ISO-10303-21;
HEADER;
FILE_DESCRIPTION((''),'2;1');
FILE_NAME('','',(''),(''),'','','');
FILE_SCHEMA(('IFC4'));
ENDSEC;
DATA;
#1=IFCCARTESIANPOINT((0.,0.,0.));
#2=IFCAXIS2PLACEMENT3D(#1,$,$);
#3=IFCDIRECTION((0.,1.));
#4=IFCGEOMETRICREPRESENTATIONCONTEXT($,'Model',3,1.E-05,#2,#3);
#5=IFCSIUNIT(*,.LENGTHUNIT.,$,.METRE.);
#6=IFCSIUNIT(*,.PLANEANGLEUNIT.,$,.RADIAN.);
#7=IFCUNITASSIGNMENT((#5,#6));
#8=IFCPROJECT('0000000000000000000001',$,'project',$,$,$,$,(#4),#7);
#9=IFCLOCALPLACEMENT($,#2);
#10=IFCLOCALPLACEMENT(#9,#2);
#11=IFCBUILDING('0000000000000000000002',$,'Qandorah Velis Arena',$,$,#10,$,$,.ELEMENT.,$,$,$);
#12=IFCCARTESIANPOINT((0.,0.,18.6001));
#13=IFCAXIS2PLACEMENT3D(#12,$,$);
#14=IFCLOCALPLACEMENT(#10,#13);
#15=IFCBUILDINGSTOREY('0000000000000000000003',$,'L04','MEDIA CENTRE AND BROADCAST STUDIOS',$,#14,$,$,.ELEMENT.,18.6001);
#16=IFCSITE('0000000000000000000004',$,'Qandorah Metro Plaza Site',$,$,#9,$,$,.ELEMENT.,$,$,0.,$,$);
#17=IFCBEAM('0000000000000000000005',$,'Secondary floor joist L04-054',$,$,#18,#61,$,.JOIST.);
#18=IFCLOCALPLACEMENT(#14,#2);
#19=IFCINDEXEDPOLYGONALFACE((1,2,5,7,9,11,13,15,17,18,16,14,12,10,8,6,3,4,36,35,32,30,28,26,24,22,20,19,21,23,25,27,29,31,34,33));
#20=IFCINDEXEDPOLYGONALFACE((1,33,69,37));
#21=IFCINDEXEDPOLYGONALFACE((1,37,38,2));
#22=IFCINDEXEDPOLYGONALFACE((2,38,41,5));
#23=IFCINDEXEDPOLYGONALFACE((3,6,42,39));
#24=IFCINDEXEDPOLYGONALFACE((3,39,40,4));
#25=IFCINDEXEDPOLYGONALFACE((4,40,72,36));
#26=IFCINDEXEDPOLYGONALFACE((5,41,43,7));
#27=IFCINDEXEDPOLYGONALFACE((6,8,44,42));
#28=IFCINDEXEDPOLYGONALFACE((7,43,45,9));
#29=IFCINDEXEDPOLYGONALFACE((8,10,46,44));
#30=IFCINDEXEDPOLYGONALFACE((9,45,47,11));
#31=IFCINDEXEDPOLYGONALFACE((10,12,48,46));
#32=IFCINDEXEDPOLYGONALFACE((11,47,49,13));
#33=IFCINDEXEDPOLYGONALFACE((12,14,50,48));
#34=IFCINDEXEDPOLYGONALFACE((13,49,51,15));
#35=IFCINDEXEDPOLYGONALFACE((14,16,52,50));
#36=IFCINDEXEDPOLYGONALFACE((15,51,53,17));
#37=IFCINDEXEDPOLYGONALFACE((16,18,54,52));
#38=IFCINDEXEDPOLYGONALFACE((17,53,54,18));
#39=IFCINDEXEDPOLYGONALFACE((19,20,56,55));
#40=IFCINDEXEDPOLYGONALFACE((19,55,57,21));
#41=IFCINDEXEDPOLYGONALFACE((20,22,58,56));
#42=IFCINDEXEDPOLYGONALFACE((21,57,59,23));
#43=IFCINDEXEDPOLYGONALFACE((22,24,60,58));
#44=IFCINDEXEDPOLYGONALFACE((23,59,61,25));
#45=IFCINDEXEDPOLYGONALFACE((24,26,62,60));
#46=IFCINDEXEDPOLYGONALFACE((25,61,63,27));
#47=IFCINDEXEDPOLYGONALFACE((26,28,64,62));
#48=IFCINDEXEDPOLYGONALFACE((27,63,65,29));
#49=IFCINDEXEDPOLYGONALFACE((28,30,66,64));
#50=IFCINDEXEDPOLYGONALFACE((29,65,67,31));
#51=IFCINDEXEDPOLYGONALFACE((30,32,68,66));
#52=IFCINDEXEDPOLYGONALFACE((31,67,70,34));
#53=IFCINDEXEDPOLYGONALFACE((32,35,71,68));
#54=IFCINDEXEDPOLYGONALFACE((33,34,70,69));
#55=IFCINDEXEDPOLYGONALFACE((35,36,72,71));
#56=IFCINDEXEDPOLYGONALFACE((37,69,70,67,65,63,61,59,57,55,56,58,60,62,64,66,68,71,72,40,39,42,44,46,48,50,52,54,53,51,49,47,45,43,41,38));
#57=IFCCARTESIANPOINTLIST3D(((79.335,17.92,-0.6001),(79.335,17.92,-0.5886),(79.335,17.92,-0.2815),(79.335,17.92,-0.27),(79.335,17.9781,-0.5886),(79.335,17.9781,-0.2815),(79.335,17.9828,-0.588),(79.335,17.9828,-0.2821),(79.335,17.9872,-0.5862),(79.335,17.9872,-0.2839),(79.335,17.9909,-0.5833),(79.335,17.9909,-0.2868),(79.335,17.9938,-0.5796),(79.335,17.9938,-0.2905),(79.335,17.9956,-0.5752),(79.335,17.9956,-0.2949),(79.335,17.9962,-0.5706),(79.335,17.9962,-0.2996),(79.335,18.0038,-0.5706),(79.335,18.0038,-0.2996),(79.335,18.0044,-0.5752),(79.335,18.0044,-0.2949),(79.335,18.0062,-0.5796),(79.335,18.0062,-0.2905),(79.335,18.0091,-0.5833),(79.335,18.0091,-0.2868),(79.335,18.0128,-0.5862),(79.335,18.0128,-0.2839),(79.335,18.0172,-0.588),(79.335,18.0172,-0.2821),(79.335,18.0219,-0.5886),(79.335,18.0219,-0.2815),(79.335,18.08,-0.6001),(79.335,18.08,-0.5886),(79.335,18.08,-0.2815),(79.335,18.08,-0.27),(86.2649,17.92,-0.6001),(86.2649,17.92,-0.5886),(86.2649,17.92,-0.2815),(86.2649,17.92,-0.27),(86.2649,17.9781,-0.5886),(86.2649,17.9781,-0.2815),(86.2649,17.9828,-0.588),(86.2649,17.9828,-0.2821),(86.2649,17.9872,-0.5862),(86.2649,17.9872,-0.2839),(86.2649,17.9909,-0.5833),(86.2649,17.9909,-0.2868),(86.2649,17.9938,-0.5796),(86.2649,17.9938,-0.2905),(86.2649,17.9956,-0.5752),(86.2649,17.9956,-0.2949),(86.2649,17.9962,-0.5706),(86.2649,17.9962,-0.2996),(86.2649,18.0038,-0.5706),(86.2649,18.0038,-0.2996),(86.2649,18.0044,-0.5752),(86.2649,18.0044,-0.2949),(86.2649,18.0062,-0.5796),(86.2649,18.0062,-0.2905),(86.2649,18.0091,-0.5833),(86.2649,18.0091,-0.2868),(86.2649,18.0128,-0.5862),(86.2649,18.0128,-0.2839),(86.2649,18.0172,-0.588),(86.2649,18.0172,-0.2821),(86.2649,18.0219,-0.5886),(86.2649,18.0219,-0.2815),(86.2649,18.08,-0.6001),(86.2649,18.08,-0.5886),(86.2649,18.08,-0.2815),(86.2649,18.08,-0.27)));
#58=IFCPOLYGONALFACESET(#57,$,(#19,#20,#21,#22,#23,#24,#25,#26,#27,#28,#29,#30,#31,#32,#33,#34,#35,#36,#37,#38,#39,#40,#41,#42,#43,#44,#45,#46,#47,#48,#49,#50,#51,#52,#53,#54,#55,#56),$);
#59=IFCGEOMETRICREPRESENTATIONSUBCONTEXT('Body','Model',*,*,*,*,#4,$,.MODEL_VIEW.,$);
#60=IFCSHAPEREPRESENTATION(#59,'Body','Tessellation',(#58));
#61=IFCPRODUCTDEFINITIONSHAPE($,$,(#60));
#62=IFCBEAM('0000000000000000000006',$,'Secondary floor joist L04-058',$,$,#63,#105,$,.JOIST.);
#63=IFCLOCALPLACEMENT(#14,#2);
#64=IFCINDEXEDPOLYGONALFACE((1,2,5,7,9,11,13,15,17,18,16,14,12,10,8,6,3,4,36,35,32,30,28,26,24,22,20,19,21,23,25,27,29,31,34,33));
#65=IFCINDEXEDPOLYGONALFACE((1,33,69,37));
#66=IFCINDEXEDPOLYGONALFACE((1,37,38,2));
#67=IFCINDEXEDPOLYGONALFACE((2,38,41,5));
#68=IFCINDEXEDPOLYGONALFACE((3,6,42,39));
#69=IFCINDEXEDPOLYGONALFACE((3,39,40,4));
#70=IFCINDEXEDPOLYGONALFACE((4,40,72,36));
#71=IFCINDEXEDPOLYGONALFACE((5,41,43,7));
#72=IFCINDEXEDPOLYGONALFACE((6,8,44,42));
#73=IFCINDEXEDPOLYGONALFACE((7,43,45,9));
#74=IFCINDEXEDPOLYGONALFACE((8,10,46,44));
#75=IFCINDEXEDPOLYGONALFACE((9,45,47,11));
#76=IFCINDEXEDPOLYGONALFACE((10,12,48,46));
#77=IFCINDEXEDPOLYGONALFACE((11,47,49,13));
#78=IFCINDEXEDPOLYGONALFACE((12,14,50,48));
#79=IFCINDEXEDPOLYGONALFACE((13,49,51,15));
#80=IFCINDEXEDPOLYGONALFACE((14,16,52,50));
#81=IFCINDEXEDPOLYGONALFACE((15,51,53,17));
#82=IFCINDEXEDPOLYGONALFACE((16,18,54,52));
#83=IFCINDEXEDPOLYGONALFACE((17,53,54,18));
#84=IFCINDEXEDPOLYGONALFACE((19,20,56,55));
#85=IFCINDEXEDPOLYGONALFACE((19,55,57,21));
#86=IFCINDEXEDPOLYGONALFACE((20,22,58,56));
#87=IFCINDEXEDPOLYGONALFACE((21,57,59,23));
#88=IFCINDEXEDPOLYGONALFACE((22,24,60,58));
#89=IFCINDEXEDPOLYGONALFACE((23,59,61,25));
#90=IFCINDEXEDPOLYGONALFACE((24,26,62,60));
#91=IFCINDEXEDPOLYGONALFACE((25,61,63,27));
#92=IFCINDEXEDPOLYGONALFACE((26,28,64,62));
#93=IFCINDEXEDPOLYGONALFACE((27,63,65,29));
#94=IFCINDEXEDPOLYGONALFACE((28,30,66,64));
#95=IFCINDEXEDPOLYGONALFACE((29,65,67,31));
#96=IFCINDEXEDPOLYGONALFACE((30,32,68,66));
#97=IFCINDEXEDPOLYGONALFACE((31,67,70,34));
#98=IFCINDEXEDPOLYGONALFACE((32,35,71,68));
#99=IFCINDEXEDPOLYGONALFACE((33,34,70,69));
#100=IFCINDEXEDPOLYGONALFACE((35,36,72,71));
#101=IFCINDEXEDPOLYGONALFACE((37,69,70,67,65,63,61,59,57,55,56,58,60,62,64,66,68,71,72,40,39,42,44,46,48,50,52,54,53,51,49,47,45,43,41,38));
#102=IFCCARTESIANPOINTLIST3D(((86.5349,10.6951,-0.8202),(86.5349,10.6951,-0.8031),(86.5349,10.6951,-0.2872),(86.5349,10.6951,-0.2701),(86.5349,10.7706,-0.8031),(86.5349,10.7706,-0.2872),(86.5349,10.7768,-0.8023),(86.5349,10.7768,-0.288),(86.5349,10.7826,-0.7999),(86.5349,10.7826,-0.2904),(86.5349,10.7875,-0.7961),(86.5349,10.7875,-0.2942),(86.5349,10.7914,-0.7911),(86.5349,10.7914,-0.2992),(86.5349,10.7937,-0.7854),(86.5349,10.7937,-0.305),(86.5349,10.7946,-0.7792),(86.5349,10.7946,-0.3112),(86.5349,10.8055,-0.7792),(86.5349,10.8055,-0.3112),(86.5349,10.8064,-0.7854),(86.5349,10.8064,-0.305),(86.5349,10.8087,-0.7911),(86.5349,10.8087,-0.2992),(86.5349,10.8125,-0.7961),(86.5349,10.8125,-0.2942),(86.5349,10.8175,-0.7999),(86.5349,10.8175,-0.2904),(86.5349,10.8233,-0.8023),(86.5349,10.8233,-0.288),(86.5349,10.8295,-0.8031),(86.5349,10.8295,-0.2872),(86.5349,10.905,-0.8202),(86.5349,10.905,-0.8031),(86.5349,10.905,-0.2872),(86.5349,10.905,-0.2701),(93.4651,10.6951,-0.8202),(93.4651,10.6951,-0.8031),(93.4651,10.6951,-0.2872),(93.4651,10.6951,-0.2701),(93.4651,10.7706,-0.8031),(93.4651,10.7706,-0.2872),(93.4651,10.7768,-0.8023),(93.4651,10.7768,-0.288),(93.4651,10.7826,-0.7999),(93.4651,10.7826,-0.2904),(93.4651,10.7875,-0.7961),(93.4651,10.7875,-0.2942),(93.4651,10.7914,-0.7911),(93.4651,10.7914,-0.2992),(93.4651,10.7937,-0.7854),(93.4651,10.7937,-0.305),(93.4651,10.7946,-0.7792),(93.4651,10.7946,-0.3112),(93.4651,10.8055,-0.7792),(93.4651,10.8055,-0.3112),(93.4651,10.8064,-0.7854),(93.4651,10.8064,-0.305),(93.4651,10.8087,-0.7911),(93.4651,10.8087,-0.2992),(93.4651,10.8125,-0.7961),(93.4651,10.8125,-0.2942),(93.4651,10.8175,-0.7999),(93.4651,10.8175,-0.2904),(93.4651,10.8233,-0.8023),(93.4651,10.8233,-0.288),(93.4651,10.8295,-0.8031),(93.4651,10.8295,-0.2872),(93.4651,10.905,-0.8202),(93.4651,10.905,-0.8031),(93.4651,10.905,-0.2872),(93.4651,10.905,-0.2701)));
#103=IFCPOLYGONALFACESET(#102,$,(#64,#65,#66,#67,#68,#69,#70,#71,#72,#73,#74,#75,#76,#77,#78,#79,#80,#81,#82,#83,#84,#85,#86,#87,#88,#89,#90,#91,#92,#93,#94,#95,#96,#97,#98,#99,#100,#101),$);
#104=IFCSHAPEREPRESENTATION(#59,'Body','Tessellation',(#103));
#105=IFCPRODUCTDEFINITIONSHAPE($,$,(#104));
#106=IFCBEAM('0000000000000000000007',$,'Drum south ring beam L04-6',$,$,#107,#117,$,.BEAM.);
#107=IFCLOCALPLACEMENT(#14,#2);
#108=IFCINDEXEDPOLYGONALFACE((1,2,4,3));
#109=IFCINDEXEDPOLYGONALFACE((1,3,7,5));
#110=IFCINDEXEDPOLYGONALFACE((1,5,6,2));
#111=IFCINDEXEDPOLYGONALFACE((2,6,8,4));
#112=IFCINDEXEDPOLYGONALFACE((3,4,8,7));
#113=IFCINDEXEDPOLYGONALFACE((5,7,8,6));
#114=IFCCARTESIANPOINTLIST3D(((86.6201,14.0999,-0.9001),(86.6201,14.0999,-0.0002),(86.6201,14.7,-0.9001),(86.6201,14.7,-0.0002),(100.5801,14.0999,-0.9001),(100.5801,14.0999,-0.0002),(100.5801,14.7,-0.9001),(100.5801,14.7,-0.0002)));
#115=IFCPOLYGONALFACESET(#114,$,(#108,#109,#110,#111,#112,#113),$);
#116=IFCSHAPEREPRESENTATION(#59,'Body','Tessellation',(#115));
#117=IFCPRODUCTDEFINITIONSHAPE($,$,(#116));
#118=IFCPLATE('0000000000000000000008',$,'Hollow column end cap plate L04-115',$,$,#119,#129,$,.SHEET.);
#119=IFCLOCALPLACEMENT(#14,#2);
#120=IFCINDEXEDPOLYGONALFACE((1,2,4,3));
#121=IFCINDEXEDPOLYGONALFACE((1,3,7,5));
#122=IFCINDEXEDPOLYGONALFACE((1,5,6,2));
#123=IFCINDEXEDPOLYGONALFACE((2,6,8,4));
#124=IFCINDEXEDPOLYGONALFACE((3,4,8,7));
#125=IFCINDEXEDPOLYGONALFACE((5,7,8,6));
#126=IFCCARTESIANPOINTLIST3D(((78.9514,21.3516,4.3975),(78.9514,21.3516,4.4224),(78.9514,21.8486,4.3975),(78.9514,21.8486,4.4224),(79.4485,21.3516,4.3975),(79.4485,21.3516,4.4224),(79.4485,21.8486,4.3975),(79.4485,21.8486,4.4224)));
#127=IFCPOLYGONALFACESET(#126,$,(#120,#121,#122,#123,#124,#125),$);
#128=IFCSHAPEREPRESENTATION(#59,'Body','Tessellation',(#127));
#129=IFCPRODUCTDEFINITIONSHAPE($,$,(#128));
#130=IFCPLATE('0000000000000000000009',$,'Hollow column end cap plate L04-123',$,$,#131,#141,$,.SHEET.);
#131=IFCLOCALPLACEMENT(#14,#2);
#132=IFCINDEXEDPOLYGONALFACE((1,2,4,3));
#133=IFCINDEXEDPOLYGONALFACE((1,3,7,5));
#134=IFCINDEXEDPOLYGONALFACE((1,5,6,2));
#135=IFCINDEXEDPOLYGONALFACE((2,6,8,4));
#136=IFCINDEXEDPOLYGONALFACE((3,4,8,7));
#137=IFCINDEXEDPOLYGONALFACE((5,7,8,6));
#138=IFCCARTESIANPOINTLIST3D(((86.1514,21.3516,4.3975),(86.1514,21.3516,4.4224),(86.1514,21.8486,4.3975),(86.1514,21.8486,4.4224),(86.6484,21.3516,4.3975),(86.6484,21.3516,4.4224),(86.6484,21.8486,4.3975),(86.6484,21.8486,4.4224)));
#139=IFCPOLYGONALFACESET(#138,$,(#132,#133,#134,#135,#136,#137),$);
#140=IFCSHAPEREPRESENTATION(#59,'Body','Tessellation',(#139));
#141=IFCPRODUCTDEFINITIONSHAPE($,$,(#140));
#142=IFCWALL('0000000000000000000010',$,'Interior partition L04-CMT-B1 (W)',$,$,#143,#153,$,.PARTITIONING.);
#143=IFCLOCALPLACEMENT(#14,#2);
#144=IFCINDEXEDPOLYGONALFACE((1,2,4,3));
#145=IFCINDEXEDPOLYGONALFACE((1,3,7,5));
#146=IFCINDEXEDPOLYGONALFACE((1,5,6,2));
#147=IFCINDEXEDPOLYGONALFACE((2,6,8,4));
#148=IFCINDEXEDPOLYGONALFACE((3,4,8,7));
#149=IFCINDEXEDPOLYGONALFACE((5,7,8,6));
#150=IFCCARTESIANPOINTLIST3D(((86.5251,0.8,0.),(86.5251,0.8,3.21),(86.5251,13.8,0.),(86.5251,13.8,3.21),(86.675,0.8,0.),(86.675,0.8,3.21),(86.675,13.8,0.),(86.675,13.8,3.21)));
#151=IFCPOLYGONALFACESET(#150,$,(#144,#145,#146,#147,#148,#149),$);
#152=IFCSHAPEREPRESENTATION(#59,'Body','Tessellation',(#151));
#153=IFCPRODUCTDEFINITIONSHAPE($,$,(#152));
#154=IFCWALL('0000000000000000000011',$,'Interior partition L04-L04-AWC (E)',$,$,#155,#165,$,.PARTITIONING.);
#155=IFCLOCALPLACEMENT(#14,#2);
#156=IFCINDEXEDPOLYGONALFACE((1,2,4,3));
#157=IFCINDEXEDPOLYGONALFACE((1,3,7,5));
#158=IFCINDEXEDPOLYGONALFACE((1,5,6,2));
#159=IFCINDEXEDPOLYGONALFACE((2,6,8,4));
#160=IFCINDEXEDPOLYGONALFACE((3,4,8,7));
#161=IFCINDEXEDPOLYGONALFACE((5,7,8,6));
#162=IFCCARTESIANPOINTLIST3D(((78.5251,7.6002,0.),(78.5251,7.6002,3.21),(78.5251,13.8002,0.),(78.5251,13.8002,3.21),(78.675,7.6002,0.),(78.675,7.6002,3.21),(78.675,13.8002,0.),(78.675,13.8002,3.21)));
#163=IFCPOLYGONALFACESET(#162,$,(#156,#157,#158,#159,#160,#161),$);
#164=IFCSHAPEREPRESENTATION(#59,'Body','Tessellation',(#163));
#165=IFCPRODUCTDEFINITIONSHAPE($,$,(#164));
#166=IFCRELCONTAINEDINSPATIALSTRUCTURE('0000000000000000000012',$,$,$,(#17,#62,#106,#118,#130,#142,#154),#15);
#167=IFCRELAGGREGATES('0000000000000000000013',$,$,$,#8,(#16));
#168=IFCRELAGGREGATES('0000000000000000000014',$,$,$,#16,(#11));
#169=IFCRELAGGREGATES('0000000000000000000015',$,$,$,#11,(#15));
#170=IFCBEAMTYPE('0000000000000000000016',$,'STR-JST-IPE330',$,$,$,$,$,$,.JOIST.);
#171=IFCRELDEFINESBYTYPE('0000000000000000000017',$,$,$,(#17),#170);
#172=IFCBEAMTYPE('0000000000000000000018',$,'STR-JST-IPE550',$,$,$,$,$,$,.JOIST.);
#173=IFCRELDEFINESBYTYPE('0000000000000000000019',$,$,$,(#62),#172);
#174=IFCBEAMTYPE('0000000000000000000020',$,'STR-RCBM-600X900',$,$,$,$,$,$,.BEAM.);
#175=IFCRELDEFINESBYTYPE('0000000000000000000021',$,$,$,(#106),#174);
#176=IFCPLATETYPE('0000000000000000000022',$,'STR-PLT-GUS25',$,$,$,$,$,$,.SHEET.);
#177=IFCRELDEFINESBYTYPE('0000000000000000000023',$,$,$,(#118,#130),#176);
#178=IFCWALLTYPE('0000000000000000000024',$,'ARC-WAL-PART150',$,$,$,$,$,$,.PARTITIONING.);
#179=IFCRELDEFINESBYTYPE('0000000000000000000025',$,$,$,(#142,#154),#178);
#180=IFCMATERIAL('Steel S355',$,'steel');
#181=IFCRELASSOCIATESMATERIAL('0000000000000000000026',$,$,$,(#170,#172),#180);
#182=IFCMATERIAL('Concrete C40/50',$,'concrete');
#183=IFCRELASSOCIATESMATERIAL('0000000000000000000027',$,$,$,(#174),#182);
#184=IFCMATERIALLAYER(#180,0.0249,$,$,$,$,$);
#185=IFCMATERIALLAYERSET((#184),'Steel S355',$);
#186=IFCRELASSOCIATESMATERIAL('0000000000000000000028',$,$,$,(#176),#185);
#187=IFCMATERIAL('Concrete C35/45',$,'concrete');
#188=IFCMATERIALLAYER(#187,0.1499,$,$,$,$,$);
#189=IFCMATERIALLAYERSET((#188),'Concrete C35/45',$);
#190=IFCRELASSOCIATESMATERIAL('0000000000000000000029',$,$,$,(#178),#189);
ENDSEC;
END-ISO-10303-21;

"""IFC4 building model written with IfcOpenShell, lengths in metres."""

from ifc_helpers import new_model, si_unit, direction, frame, frame_2d, origin, origin_2d, place, context, subcontext, project, spatial, rectangle, i_section, extrude, material, layer, layer_set, material_profile, profile_set, type_object, element, save


model = new_model("IFC4")

# Units and contexts
model_context = context("Model", 3, precision=1e-05, world=origin(), true_north=direction((0.0, 1.0)))
body_context = subcontext(model_context, "Body", "Model", "MODEL_VIEW")
ifc_project = project(units=[si_unit("LENGTHUNIT", "METRE"), si_unit("PLANEANGLEUNIT", "RADIAN")], contexts=[model_context])

# Site, building, storey
site_placement = place(None, origin())
site = spatial("IfcSite", under=ifc_project, at=site_placement, Name="Qandorah Metro Plaza Site", CompositionType="ELEMENT", RefElevation=0.0)
building_placement = place(site_placement, origin())
building = spatial("IfcBuilding", under=site, at=building_placement, Name="Qandorah Velis Arena", CompositionType="ELEMENT")
storey_placement = place(building_placement, frame((0.0, 0.0, 18.6001)))
storey = spatial("IfcBuildingStorey", under=building, at=storey_placement, Name="L04", Description="MEDIA CENTRE AND BROADCAST STUDIOS", CompositionType="ELEMENT", Elevation=18.6001)

# Shared definitions
ifc_material_1 = material(Name="Steel S355", Category="steel")
ifc_material_2 = material(Name="Concrete C40/50", Category="concrete")

# Beams
ifc_material_profile_1 = material_profile(ifc_material_1, i_section(OverallWidth=0.1599, OverallDepth=0.3301, WebThickness=0.0076, FlangeThickness=0.0115, FilletRadius=0.0181, at=origin_2d()), Name="IPE 330")
ifc_profile_set_1 = profile_set([ifc_material_profile_1], Name="Steel S355")
beam_type_1 = type_object("IfcBeamType", Name="STR-JST-IPE330", PredefinedType="JOIST", material=ifc_profile_set_1)
for number, where, z_axis, x_axis, name in (
    (1, (79.335, 18.0, -0.4351), (1.0, 0.0, 0.0), (0.0, 1.0, 0.0), "Secondary floor joist L04-054"),
):
    element("IfcBeam", number, at=place(storey_placement, frame(where, z_axis=z_axis, x_axis=x_axis)), inside=storey, type_object=beam_type_1, Name=name, PredefinedType="JOIST", context=body_context, shape_type="SweptSolid", body=[
        extrude(i_section(OverallWidth=0.1599, OverallDepth=0.3301, WebThickness=0.0076, FlangeThickness=0.0115, FilletRadius=0.0181, at=origin_2d()), origin(), (0.0, 0.0, 1.0), 6.9299),
    ])
ifc_material_profile_2 = material_profile(ifc_material_1, i_section(OverallWidth=0.21, OverallDepth=0.55, WebThickness=0.011, FlangeThickness=0.0171, FilletRadius=0.0239, at=origin_2d()), Name="IPE 550")
ifc_profile_set_2 = profile_set([ifc_material_profile_2], Name="Steel S355")
beam_type_2 = type_object("IfcBeamType", Name="STR-JST-IPE550", PredefinedType="JOIST", material=ifc_profile_set_2)
beam_1_placement = place(storey_placement, frame((86.5349, 10.8, -0.5452), z_axis=(1.0, 0.0, 0.0), x_axis=(0.0, 1.0, 0.0)))
element("IfcBeam", 2, at=beam_1_placement, inside=storey, type_object=beam_type_2, Name="Secondary floor joist L04-058", PredefinedType="JOIST", context=body_context, shape_type="SweptSolid", body=[
    extrude(i_section(OverallWidth=0.21, OverallDepth=0.55, WebThickness=0.011, FlangeThickness=0.0171, FilletRadius=0.0239, at=origin_2d()), origin(), (0.0, 0.0, 1.0), 6.9302),
])
ifc_material_profile_3 = material_profile(ifc_material_2, rectangle(XDim=0.6001, YDim=0.8999, at=origin_2d()), Name="RC BM 600x900")
ifc_profile_set_3 = profile_set([ifc_material_profile_3], Name="Concrete C40/50")
beam_type_3 = type_object("IfcBeamType", Name="STR-RCBM-600X900", PredefinedType="BEAM", material=ifc_profile_set_3)
beam_2_placement = place(storey_placement, frame((86.6201, 14.3999, -0.4502), z_axis=(1.0, 0.0, 0.0), x_axis=(0.0, 1.0, 0.0)))
element("IfcBeam", 3, at=beam_2_placement, inside=storey, type_object=beam_type_3, Name="Drum south ring beam L04-6", PredefinedType="BEAM", context=body_context, shape_type="SweptSolid", body=[
    extrude(rectangle(XDim=0.6001, YDim=0.8999, at=origin_2d()), origin(), (0.0, 0.0, 1.0), 13.96),
])

# Plates
ifc_layer_1 = layer(ifc_material_1, 0.0249)
ifc_layer_set_1 = layer_set([ifc_layer_1], Name="Steel S355")
plate_type = type_object("IfcPlateType", Name="STR-PLT-GUS25", PredefinedType="SHEET", material=ifc_layer_set_1)
for number, where, z_axis, x_axis, name in (
    (4, (79.2, 21.6001, 4.3975), (0.0, 0.0, 1.0), (1.0, 0.0, 0.0), "Hollow column end cap plate L04-115"),
    (5, (86.3999, 21.6001, 4.3975), (0.0, 0.0, 1.0), (1.0, 0.0, 0.0), "Hollow column end cap plate L04-123"),
):
    element("IfcPlate", number, at=place(storey_placement, frame(where, z_axis=z_axis, x_axis=x_axis)), inside=storey, type_object=plate_type, Name=name, PredefinedType="SHEET", context=body_context, shape_type="SweptSolid", body=[
        extrude(rectangle(XDim=0.4971, YDim=0.4971, at=origin_2d()), origin(), (0.0, 0.0, 1.0), 0.0249),
    ])

# Walls
ifc_material_3 = material(Name="Concrete C35/45", Category="concrete")
ifc_layer_2 = layer(ifc_material_3, 0.1499)
ifc_layer_set_2 = layer_set([ifc_layer_2], Name="Concrete C35/45")
wall_type_1 = type_object("IfcWallType", Name="ARC-WAL-PART150", PredefinedType="PARTITIONING", material=ifc_layer_set_2)
wall_1_placement = place(storey_placement, frame((86.6001, 13.8, 0.0), z_axis=(0.0, 0.0, 1.0), x_axis=(0.0, -1.0, 0.0)))
element("IfcWall", 6, at=wall_1_placement, inside=storey, type_object=wall_type_1, Name="Interior partition L04-CMT-B1 (W)", PredefinedType="PARTITIONING", context=body_context, shape_type="SweptSolid", body=[
    extrude(rectangle(XDim=13.0, YDim=0.1499, at=frame_2d((6.5, 0.0))), origin(), (0.0, 0.0, 1.0), 3.21),
])
wall_2_placement = place(storey_placement, frame((78.6001, 7.6001, 0.0), z_axis=(0.0, 0.0, 1.0), x_axis=(0.0, 1.0, 0.0)))
element("IfcWall", 7, at=wall_2_placement, inside=storey, type_object=wall_type_1, Name="Interior partition L04-L04-AWC (E)", PredefinedType="PARTITIONING", context=body_context, shape_type="SweptSolid", body=[
    extrude(rectangle(XDim=6.2, YDim=0.1499, at=frame_2d((3.1001, 0.0))), origin(), (0.0, 0.0, 1.0), 3.21),
])

save(model, "model.ifc")
